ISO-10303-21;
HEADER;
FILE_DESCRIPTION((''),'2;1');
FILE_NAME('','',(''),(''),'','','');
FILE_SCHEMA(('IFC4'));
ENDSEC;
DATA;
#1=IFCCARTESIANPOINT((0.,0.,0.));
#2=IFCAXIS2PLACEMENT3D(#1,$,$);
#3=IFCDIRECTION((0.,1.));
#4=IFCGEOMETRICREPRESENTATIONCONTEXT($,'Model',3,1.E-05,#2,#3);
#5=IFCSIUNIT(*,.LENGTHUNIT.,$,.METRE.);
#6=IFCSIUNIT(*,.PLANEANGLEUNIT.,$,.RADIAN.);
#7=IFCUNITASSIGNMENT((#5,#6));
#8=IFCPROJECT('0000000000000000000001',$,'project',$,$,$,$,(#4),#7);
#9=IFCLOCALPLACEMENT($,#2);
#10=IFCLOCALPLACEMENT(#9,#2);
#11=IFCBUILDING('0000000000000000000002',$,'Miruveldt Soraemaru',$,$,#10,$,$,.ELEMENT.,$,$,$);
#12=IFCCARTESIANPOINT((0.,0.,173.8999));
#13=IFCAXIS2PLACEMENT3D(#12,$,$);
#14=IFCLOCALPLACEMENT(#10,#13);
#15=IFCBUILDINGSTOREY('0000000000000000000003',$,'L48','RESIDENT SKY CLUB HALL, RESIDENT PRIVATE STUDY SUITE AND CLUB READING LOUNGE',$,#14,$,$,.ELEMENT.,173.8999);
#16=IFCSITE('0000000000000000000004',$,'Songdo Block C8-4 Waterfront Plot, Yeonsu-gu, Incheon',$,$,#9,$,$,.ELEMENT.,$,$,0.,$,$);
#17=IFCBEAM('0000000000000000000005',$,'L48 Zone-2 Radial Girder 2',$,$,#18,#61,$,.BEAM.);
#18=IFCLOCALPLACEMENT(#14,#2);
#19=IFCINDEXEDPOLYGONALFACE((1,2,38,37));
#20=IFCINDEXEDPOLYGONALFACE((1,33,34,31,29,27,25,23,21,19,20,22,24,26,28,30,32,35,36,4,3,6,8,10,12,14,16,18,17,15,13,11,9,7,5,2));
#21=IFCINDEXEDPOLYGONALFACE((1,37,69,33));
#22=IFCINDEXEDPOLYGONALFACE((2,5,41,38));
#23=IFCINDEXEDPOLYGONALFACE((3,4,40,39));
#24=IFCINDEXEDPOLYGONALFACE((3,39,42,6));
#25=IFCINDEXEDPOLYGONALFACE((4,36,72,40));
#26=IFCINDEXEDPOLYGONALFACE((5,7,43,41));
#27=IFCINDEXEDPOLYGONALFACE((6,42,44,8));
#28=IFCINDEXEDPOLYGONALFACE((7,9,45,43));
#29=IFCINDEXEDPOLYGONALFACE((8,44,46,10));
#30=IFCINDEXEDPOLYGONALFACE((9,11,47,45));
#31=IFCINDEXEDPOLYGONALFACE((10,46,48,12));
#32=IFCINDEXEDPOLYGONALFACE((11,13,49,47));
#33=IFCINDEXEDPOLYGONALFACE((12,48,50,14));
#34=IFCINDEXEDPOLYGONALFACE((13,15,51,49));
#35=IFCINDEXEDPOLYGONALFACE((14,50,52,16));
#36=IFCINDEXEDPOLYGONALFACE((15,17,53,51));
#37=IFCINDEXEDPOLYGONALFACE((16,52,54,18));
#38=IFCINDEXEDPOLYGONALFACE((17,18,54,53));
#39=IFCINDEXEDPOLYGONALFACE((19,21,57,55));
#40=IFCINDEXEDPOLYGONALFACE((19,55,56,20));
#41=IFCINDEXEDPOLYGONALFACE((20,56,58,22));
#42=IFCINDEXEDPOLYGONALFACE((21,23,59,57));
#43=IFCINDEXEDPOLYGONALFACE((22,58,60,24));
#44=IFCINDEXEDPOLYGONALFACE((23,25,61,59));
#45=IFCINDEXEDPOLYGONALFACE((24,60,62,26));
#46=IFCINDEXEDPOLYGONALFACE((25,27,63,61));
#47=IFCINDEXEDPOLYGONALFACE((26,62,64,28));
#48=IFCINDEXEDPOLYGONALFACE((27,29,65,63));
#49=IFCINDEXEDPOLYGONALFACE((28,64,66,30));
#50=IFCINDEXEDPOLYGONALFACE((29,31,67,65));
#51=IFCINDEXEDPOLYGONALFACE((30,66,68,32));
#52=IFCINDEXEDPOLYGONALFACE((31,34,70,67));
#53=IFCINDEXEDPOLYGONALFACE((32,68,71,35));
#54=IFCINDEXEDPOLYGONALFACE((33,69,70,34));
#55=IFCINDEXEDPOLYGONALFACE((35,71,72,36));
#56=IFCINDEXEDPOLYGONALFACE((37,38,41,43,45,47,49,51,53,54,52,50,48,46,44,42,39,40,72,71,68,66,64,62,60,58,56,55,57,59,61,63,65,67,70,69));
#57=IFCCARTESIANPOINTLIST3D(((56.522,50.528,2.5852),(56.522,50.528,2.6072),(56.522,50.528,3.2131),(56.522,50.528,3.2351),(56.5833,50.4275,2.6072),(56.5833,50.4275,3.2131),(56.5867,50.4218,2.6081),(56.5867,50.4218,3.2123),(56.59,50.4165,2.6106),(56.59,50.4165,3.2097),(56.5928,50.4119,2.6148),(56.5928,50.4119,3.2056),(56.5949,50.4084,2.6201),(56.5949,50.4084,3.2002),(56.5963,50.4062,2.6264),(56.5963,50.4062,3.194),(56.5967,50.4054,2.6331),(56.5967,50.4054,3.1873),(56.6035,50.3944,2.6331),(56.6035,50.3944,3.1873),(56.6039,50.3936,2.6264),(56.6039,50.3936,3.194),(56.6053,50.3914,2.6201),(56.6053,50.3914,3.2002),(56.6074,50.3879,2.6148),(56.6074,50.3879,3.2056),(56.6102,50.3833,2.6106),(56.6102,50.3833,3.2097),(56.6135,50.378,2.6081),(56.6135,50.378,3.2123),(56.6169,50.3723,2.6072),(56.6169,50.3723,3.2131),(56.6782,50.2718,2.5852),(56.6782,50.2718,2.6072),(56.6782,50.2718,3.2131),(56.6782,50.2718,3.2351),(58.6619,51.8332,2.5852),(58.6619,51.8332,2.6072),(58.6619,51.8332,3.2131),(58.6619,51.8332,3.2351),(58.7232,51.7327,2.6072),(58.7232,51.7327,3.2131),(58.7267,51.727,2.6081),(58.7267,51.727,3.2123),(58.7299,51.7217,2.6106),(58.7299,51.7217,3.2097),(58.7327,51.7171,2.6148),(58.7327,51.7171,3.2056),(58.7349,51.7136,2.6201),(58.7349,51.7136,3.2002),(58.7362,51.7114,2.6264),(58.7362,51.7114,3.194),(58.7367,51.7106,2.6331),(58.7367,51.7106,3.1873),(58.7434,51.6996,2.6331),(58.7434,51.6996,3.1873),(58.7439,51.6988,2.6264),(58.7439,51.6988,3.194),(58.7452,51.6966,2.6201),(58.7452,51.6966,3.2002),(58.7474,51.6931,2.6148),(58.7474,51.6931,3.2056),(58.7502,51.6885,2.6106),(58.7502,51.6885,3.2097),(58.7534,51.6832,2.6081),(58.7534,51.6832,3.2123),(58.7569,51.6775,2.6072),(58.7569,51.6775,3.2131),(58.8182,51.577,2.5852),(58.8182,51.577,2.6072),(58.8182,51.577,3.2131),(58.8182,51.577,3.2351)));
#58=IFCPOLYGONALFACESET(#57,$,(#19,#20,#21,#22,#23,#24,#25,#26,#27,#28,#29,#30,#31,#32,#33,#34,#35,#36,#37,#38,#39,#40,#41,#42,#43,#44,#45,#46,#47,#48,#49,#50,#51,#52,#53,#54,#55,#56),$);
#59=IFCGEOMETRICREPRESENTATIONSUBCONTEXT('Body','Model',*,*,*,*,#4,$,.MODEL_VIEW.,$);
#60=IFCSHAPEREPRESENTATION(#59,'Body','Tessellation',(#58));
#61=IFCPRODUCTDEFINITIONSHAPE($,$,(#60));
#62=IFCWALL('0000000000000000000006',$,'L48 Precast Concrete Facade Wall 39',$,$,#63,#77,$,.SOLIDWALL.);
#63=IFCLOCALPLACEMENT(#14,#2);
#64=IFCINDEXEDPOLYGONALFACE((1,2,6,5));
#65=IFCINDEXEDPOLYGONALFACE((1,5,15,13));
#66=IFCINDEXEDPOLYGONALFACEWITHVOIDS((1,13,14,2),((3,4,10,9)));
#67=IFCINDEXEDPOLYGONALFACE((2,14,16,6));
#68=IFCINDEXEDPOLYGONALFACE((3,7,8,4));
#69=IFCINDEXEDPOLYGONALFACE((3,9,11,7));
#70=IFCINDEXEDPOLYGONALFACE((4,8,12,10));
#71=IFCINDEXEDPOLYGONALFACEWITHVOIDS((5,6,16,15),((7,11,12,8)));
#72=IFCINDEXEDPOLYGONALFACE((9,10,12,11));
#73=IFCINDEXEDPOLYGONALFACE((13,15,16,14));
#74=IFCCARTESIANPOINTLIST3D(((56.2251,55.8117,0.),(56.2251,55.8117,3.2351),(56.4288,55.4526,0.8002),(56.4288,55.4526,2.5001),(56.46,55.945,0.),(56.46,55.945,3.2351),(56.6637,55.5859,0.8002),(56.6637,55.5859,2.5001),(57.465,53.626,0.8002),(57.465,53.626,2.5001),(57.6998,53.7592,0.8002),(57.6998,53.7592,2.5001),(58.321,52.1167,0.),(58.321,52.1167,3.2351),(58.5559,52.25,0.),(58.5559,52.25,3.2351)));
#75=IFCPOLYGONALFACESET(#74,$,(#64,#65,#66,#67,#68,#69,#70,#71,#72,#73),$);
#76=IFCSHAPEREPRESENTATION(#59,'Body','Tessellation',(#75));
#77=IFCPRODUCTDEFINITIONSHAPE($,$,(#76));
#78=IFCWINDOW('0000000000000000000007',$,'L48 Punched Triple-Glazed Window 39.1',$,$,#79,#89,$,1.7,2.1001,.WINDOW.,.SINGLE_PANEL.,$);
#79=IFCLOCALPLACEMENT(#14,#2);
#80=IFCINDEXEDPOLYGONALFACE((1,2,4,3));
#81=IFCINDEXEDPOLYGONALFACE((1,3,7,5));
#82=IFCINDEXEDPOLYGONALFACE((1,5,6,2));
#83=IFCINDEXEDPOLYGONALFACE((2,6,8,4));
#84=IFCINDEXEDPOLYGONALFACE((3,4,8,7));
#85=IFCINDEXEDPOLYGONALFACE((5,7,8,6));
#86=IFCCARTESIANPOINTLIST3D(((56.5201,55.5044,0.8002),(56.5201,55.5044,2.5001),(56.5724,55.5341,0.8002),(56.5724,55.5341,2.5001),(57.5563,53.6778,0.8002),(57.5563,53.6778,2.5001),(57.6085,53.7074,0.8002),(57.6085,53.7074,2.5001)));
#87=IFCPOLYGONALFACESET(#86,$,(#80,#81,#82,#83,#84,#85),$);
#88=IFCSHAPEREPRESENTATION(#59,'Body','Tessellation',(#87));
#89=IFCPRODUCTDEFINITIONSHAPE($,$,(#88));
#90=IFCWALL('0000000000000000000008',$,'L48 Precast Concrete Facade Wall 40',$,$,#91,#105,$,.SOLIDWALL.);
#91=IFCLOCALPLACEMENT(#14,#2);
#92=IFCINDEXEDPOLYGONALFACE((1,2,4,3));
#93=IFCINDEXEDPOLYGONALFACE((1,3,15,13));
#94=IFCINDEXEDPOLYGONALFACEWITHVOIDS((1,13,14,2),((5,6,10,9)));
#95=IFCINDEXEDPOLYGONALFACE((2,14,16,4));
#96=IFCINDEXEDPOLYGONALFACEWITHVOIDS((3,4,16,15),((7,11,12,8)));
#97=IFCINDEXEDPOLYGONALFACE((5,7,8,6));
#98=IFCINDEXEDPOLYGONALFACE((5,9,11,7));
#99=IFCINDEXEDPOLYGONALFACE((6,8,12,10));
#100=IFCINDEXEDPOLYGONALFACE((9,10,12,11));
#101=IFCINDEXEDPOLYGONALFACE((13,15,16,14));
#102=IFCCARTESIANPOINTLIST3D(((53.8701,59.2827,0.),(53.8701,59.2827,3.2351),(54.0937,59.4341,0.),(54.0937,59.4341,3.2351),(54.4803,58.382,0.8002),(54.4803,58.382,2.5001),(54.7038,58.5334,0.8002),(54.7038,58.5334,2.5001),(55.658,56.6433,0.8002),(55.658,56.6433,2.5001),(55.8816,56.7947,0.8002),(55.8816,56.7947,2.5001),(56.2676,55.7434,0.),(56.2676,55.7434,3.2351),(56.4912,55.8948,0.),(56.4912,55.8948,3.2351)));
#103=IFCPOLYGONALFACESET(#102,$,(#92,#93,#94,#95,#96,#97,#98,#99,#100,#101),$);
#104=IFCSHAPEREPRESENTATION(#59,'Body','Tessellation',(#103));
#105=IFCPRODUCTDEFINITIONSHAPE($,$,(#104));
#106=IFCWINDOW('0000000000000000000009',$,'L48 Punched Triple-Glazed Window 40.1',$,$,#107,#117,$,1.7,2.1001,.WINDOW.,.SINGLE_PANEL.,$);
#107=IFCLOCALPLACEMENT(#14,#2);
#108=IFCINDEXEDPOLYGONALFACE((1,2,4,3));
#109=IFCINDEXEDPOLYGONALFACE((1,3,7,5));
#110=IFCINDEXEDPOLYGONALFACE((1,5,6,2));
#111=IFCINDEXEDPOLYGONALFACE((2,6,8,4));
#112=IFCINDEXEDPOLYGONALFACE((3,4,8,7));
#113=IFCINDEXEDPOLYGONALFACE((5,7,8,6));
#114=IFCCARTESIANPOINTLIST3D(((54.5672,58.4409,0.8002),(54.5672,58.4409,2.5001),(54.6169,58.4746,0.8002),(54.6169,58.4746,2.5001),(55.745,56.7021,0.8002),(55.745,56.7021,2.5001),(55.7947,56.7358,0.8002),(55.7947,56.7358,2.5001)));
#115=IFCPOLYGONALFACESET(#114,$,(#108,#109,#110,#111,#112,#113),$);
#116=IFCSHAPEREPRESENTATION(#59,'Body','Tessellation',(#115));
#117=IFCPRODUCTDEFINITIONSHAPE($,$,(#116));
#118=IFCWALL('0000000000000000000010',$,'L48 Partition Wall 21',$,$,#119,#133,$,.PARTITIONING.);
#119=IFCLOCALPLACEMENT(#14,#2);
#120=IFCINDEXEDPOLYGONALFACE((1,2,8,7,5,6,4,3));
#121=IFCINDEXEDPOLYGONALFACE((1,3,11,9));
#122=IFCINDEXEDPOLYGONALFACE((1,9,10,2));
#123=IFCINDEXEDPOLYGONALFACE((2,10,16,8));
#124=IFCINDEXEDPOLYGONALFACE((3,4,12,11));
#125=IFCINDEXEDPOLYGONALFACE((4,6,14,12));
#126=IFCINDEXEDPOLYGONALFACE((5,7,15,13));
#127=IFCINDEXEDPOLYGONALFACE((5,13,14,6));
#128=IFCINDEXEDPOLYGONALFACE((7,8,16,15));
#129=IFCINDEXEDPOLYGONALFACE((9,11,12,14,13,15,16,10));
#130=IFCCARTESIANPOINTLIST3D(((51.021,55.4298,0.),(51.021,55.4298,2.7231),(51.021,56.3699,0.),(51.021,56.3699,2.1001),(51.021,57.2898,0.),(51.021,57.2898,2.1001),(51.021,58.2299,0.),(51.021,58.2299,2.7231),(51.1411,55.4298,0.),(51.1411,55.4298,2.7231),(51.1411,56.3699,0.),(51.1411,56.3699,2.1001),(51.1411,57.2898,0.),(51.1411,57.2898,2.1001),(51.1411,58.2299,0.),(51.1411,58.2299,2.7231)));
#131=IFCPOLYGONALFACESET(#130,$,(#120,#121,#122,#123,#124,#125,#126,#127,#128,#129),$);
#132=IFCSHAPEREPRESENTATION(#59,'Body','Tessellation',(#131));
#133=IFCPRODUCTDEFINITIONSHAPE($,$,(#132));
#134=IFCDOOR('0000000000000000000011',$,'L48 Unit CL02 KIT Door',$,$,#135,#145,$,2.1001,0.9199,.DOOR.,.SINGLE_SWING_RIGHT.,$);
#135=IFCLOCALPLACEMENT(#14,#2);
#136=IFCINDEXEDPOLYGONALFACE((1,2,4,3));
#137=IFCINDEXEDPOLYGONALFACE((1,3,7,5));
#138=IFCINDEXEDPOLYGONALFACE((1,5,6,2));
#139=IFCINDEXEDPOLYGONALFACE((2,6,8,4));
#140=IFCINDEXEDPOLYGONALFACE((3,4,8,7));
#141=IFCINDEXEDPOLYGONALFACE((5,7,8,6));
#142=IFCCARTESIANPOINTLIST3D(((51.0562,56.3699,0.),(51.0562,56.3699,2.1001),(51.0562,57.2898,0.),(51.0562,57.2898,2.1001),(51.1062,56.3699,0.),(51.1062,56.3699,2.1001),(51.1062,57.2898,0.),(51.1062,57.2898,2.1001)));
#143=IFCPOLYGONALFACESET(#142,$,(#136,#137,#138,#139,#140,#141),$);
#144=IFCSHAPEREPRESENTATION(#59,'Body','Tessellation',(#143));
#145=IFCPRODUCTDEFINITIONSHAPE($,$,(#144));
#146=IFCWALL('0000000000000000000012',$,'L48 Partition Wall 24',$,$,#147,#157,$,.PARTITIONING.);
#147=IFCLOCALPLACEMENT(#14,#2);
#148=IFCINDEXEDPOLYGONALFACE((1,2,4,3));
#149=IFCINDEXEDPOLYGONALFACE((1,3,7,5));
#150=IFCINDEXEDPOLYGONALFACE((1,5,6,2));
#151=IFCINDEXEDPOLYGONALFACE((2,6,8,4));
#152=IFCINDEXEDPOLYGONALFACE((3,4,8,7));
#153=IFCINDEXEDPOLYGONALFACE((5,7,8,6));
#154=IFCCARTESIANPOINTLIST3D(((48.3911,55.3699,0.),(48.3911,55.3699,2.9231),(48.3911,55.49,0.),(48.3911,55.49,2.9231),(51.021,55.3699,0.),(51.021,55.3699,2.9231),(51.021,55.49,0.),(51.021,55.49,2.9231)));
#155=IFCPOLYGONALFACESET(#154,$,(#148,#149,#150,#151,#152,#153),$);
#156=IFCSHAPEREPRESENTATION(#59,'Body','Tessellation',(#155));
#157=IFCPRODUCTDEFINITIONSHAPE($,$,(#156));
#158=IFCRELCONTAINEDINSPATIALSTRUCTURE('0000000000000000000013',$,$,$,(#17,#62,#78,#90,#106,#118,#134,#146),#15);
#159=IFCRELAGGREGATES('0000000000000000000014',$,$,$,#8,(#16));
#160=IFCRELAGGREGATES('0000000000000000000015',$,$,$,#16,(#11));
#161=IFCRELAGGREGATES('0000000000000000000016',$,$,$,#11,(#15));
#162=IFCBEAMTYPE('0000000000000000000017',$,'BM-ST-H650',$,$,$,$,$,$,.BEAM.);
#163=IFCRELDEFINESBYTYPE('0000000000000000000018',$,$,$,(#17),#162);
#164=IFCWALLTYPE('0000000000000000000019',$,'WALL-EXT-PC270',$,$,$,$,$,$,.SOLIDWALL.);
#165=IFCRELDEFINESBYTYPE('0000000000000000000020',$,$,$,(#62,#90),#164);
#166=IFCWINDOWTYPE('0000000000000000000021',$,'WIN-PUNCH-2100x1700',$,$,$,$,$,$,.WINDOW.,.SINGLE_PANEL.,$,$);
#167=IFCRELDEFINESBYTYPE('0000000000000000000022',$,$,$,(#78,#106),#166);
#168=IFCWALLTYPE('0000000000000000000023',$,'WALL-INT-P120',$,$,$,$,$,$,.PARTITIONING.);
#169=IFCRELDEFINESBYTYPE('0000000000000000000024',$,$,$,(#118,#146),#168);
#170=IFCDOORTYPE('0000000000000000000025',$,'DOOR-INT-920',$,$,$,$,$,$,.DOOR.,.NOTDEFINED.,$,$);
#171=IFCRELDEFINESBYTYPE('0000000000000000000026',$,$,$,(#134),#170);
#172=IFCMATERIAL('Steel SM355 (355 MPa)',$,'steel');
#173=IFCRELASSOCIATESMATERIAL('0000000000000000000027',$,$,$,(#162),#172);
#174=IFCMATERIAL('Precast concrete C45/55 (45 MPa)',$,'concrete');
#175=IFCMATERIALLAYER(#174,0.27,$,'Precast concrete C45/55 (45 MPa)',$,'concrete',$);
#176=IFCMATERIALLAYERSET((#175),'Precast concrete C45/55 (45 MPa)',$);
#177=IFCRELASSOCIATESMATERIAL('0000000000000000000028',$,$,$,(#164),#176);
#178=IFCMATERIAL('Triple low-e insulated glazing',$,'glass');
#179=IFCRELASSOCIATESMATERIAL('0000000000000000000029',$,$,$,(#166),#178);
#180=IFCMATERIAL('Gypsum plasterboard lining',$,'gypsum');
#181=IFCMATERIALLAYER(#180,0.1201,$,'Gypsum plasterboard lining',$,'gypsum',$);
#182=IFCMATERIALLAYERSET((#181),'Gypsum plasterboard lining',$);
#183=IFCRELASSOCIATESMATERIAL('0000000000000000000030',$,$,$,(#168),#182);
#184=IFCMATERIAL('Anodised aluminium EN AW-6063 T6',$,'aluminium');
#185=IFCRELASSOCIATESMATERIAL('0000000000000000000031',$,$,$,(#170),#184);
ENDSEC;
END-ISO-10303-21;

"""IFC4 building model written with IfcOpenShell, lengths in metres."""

from ifc_helpers import new_model, si_unit, direction, frame, frame_2d, origin, origin_2d, place, context, subcontext, project, spatial, rectangle, i_section, extrude, material, layer, layer_set, material_profile, profile_set, type_object, element, fill, save


model = new_model("IFC4")

# Units and contexts
model_context = context("Model", 3, precision=1e-05, world=origin(), true_north=direction((0.0, 1.0)))
body_context = subcontext(model_context, "Body", "Model", "MODEL_VIEW")
ifc_project = project(units=[si_unit("LENGTHUNIT", "METRE"), si_unit("PLANEANGLEUNIT", "RADIAN")], contexts=[model_context])

# Site, building, storey
site_placement = place(None, origin())
site = spatial("IfcSite", under=ifc_project, at=site_placement, Name="Songdo Block C8-4 Waterfront Plot, Yeonsu-gu, Incheon", CompositionType="ELEMENT", RefElevation=0.0)
building_placement = place(site_placement, origin())
building = spatial("IfcBuilding", under=site, at=building_placement, Name="Miruveldt Soraemaru", CompositionType="ELEMENT")
storey_placement = place(building_placement, frame((0.0, 0.0, 173.8999)))
storey = spatial("IfcBuildingStorey", under=building, at=storey_placement, Name="L48", Description="RESIDENT SKY CLUB HALL, RESIDENT PRIVATE STUDY SUITE AND CLUB READING LOUNGE", CompositionType="ELEMENT", Elevation=173.8999)

# Beam
ifc_material_1 = material(Name="Steel SM355 (355 MPa)", Category="steel")
ifc_material_profile_1 = material_profile(ifc_material_1, i_section(OverallWidth=0.3, OverallDepth=0.6499, WebThickness=0.0129, FlangeThickness=0.022, FilletRadius=0.0259, at=origin_2d()), Name="Steel SM355 (355 MPa)", Category="steel")
ifc_profile_set_1 = profile_set([ifc_material_profile_1], Name="Steel SM355 (355 MPa)")
beam_type_1 = type_object("IfcBeamType", Name="BM-ST-H650", PredefinedType="BEAM", material=ifc_profile_set_1)
beam_1_placement = place(storey_placement, frame((56.6001, 50.3999, 2.9102), z_axis=(0.853732, 0.520713, 0.0), x_axis=(-0.520713, 0.853732, 0.0)))
element("IfcBeam", 1, at=beam_1_placement, inside=storey, type_object=beam_type_1, Name="L48 Zone-2 Radial Girder 2", PredefinedType="BEAM", context=body_context, shape_type="SweptSolid", body=[
    extrude(i_section(OverallWidth=0.3, OverallDepth=0.6499, WebThickness=0.0129, FlangeThickness=0.022, FilletRadius=0.0259, at=origin_2d()), origin(), (0.0, 0.0, 1.0), 2.5066),
])

# Walls, openings, windows
ifc_material_2 = material(Name="Precast concrete C45/55 (45 MPa)", Category="concrete")
ifc_layer_1 = layer(ifc_material_2, 0.27, Name="Precast concrete C45/55 (45 MPa)", Category="concrete")
ifc_layer_set_1 = layer_set([ifc_layer_1], Name="Precast concrete C45/55 (45 MPa)")
wall_type_1 = type_object("IfcWallType", Name="WALL-EXT-PC270", PredefinedType="SOLIDWALL", material=ifc_layer_set_1)
wall_1_placement = place(storey_placement, frame((58.4385, 52.1833, 0.0), z_axis=(0.0, 0.0, 1.0), x_axis=(-0.493382, 0.869813, 0.0)))
wall_1 = element("IfcWall", 2, at=wall_1_placement, inside=storey, type_object=wall_type_1, Name="L48 Precast Concrete Facade Wall 39", PredefinedType="SOLIDWALL", context=body_context, shape_type="SweptSolid", body=[
    extrude(rectangle(XDim=4.248, YDim=0.27, at=frame_2d((2.124, 0.0))), origin(), (0.0, 0.0, 1.0), 3.2351),
])
opening_1_placement = place(wall_1_placement, frame((1.7351, 0.0, 0.8)))
opening_1 = element("IfcOpeningElement", 3, at=opening_1_placement, cuts=wall_1, PredefinedType="OPENING", context=body_context, shape_type="SweptSolid", body=[
    extrude(rectangle(XDim=2.1001, YDim=1.7, at=frame_2d((1.05, 0.8501))), frame((0.0, 0.145, 0.0), z_axis=(0.0, -1.0, 0.0), x_axis=(1.0, 0.0, 0.0)), (0.0, 0.0, 1.0), 0.29),
])
ifc_material_3 = material(Name="Triple low-e insulated glazing", Category="glass")
window_type = type_object("IfcWindowType", Name="WIN-PUNCH-2100x1700", PartitioningType="SINGLE_PANEL", PredefinedType="WINDOW", material=ifc_material_3)
window_1_placement = place(opening_1_placement, origin())
window_1 = element("IfcWindow", 4, at=window_1_placement, inside=storey, type_object=window_type, Name="L48 Punched Triple-Glazed Window 39.1", OverallHeight=1.7, OverallWidth=2.1001, PartitioningType="SINGLE_PANEL", PredefinedType="WINDOW", context=body_context, shape_type="SweptSolid", body=[
    extrude(rectangle(XDim=2.1001, YDim=1.7, at=frame_2d((1.05, 0.8501))), frame((0.0, 0.03, 0.0), z_axis=(0.0, -1.0, 0.0), x_axis=(1.0, 0.0, 0.0)), (0.0, 0.0, 1.0), 0.0601),
])
fill(opening_1, window_1)
wall_2_placement = place(storey_placement, frame((56.3794, 55.8191, 0.0), z_axis=(0.0, 0.0, 1.0), x_axis=(-0.560827, 0.827933, 0.0)))
wall_2 = element("IfcWall", 5, at=wall_2_placement, inside=storey, type_object=wall_type_1, Name="L48 Precast Concrete Facade Wall 40", PredefinedType="SOLIDWALL", context=body_context, shape_type="SweptSolid", body=[
    extrude(rectangle(XDim=4.2749, YDim=0.27, at=frame_2d((2.1375, 0.0))), origin(), (0.0, 0.0, 1.0), 3.2351),
])
opening_2_placement = place(wall_2_placement, frame((1.0869, 0.0, 0.8)))
opening_2 = element("IfcOpeningElement", 6, at=opening_2_placement, cuts=wall_2, PredefinedType="OPENING", context=body_context, shape_type="SweptSolid", body=[
    extrude(rectangle(XDim=2.1001, YDim=1.7, at=frame_2d((1.05, 0.8501))), frame((0.0, 0.145, 0.0), z_axis=(0.0, -1.0, 0.0), x_axis=(1.0, 0.0, 0.0)), (0.0, 0.0, 1.0), 0.29),
])
window_2_placement = place(opening_2_placement, origin())
window_2 = element("IfcWindow", 7, at=window_2_placement, inside=storey, type_object=window_type, Name="L48 Punched Triple-Glazed Window 40.1", OverallHeight=1.7, OverallWidth=2.1001, PartitioningType="SINGLE_PANEL", PredefinedType="WINDOW", context=body_context, shape_type="SweptSolid", body=[
    extrude(rectangle(XDim=2.1001, YDim=1.7, at=frame_2d((1.05, 0.8501))), frame((0.0, 0.03, 0.0), z_axis=(0.0, -1.0, 0.0), x_axis=(1.0, 0.0, 0.0)), (0.0, 0.0, 1.0), 0.0601),
])
fill(opening_2, window_2)

# Wall, opening, door
ifc_material_4 = material(Name="Gypsum plasterboard lining", Category="gypsum")
ifc_layer_2 = layer(ifc_material_4, 0.1201, Name="Gypsum plasterboard lining", Category="gypsum")
ifc_layer_set_2 = layer_set([ifc_layer_2], Name="Gypsum plasterboard lining")
wall_type_2 = type_object("IfcWallType", Name="WALL-INT-P120", PredefinedType="PARTITIONING", material=ifc_layer_set_2)
wall_3_placement = place(storey_placement, frame((51.0811, 55.4299, 0.0), z_axis=(0.0, 0.0, 1.0), x_axis=(0.0, 1.0, 0.0)))
wall_3 = element("IfcWall", 8, at=wall_3_placement, inside=storey, type_object=wall_type_2, Name="L48 Partition Wall 21", PredefinedType="PARTITIONING", context=body_context, shape_type="SweptSolid", body=[
    extrude(rectangle(XDim=2.8, YDim=0.1201, at=frame_2d((1.3999, 0.0))), origin(), (0.0, 0.0, 1.0), 2.7231),
])
opening_3_placement = place(wall_3_placement, frame((0.9399, 0.0, 0.0)))
opening_3 = element("IfcOpeningElement", 9, at=opening_3_placement, cuts=wall_3, PredefinedType="OPENING", context=body_context, shape_type="SweptSolid", body=[
    extrude(rectangle(XDim=0.9199, YDim=2.1001, at=frame_2d((0.46, 1.05))), frame((0.0, 0.0701, 0.0), z_axis=(0.0, -1.0, 0.0), x_axis=(1.0, 0.0, 0.0)), (0.0, 0.0, 1.0), 0.1401),
])
ifc_material_5 = material(Name="Anodised aluminium EN AW-6063 T6", Category="aluminium")
door_type_1 = type_object("IfcDoorType", Name="DOOR-INT-920", OperationType="NOTDEFINED", PredefinedType="DOOR", material=ifc_material_5)
door_1_placement = place(opening_3_placement, origin())
door_1 = element("IfcDoor", 10, at=door_1_placement, inside=storey, type_object=door_type_1, Name="L48 Unit CL02 KIT Door", OperationType="SINGLE_SWING_RIGHT", OverallHeight=2.1001, OverallWidth=0.9199, PredefinedType="DOOR", context=body_context, shape_type="SweptSolid", body=[
    extrude(rectangle(XDim=0.9199, YDim=2.1001, at=frame_2d((0.46, 1.05))), frame((0.0, 0.0249, 0.0), z_axis=(0.0, -1.0, 0.0), x_axis=(1.0, 0.0, 0.0)), (0.0, 0.0, 1.0), 0.05),
])
fill(opening_3, door_1)

# Wall
wall_4_placement = place(storey_placement, frame((48.3911, 55.4299, 0.0), z_axis=(0.0, 0.0, 1.0), x_axis=(1.0, 0.0, 0.0)))
element("IfcWall", 11, at=wall_4_placement, inside=storey, type_object=wall_type_2, Name="L48 Partition Wall 24", PredefinedType="PARTITIONING", context=body_context, shape_type="SweptSolid", body=[
    extrude(rectangle(XDim=2.6299, YDim=0.1201, at=frame_2d((1.3149, 0.0))), origin(), (0.0, 0.0, 1.0), 2.9231),
])

save(model, "model.ifc")
